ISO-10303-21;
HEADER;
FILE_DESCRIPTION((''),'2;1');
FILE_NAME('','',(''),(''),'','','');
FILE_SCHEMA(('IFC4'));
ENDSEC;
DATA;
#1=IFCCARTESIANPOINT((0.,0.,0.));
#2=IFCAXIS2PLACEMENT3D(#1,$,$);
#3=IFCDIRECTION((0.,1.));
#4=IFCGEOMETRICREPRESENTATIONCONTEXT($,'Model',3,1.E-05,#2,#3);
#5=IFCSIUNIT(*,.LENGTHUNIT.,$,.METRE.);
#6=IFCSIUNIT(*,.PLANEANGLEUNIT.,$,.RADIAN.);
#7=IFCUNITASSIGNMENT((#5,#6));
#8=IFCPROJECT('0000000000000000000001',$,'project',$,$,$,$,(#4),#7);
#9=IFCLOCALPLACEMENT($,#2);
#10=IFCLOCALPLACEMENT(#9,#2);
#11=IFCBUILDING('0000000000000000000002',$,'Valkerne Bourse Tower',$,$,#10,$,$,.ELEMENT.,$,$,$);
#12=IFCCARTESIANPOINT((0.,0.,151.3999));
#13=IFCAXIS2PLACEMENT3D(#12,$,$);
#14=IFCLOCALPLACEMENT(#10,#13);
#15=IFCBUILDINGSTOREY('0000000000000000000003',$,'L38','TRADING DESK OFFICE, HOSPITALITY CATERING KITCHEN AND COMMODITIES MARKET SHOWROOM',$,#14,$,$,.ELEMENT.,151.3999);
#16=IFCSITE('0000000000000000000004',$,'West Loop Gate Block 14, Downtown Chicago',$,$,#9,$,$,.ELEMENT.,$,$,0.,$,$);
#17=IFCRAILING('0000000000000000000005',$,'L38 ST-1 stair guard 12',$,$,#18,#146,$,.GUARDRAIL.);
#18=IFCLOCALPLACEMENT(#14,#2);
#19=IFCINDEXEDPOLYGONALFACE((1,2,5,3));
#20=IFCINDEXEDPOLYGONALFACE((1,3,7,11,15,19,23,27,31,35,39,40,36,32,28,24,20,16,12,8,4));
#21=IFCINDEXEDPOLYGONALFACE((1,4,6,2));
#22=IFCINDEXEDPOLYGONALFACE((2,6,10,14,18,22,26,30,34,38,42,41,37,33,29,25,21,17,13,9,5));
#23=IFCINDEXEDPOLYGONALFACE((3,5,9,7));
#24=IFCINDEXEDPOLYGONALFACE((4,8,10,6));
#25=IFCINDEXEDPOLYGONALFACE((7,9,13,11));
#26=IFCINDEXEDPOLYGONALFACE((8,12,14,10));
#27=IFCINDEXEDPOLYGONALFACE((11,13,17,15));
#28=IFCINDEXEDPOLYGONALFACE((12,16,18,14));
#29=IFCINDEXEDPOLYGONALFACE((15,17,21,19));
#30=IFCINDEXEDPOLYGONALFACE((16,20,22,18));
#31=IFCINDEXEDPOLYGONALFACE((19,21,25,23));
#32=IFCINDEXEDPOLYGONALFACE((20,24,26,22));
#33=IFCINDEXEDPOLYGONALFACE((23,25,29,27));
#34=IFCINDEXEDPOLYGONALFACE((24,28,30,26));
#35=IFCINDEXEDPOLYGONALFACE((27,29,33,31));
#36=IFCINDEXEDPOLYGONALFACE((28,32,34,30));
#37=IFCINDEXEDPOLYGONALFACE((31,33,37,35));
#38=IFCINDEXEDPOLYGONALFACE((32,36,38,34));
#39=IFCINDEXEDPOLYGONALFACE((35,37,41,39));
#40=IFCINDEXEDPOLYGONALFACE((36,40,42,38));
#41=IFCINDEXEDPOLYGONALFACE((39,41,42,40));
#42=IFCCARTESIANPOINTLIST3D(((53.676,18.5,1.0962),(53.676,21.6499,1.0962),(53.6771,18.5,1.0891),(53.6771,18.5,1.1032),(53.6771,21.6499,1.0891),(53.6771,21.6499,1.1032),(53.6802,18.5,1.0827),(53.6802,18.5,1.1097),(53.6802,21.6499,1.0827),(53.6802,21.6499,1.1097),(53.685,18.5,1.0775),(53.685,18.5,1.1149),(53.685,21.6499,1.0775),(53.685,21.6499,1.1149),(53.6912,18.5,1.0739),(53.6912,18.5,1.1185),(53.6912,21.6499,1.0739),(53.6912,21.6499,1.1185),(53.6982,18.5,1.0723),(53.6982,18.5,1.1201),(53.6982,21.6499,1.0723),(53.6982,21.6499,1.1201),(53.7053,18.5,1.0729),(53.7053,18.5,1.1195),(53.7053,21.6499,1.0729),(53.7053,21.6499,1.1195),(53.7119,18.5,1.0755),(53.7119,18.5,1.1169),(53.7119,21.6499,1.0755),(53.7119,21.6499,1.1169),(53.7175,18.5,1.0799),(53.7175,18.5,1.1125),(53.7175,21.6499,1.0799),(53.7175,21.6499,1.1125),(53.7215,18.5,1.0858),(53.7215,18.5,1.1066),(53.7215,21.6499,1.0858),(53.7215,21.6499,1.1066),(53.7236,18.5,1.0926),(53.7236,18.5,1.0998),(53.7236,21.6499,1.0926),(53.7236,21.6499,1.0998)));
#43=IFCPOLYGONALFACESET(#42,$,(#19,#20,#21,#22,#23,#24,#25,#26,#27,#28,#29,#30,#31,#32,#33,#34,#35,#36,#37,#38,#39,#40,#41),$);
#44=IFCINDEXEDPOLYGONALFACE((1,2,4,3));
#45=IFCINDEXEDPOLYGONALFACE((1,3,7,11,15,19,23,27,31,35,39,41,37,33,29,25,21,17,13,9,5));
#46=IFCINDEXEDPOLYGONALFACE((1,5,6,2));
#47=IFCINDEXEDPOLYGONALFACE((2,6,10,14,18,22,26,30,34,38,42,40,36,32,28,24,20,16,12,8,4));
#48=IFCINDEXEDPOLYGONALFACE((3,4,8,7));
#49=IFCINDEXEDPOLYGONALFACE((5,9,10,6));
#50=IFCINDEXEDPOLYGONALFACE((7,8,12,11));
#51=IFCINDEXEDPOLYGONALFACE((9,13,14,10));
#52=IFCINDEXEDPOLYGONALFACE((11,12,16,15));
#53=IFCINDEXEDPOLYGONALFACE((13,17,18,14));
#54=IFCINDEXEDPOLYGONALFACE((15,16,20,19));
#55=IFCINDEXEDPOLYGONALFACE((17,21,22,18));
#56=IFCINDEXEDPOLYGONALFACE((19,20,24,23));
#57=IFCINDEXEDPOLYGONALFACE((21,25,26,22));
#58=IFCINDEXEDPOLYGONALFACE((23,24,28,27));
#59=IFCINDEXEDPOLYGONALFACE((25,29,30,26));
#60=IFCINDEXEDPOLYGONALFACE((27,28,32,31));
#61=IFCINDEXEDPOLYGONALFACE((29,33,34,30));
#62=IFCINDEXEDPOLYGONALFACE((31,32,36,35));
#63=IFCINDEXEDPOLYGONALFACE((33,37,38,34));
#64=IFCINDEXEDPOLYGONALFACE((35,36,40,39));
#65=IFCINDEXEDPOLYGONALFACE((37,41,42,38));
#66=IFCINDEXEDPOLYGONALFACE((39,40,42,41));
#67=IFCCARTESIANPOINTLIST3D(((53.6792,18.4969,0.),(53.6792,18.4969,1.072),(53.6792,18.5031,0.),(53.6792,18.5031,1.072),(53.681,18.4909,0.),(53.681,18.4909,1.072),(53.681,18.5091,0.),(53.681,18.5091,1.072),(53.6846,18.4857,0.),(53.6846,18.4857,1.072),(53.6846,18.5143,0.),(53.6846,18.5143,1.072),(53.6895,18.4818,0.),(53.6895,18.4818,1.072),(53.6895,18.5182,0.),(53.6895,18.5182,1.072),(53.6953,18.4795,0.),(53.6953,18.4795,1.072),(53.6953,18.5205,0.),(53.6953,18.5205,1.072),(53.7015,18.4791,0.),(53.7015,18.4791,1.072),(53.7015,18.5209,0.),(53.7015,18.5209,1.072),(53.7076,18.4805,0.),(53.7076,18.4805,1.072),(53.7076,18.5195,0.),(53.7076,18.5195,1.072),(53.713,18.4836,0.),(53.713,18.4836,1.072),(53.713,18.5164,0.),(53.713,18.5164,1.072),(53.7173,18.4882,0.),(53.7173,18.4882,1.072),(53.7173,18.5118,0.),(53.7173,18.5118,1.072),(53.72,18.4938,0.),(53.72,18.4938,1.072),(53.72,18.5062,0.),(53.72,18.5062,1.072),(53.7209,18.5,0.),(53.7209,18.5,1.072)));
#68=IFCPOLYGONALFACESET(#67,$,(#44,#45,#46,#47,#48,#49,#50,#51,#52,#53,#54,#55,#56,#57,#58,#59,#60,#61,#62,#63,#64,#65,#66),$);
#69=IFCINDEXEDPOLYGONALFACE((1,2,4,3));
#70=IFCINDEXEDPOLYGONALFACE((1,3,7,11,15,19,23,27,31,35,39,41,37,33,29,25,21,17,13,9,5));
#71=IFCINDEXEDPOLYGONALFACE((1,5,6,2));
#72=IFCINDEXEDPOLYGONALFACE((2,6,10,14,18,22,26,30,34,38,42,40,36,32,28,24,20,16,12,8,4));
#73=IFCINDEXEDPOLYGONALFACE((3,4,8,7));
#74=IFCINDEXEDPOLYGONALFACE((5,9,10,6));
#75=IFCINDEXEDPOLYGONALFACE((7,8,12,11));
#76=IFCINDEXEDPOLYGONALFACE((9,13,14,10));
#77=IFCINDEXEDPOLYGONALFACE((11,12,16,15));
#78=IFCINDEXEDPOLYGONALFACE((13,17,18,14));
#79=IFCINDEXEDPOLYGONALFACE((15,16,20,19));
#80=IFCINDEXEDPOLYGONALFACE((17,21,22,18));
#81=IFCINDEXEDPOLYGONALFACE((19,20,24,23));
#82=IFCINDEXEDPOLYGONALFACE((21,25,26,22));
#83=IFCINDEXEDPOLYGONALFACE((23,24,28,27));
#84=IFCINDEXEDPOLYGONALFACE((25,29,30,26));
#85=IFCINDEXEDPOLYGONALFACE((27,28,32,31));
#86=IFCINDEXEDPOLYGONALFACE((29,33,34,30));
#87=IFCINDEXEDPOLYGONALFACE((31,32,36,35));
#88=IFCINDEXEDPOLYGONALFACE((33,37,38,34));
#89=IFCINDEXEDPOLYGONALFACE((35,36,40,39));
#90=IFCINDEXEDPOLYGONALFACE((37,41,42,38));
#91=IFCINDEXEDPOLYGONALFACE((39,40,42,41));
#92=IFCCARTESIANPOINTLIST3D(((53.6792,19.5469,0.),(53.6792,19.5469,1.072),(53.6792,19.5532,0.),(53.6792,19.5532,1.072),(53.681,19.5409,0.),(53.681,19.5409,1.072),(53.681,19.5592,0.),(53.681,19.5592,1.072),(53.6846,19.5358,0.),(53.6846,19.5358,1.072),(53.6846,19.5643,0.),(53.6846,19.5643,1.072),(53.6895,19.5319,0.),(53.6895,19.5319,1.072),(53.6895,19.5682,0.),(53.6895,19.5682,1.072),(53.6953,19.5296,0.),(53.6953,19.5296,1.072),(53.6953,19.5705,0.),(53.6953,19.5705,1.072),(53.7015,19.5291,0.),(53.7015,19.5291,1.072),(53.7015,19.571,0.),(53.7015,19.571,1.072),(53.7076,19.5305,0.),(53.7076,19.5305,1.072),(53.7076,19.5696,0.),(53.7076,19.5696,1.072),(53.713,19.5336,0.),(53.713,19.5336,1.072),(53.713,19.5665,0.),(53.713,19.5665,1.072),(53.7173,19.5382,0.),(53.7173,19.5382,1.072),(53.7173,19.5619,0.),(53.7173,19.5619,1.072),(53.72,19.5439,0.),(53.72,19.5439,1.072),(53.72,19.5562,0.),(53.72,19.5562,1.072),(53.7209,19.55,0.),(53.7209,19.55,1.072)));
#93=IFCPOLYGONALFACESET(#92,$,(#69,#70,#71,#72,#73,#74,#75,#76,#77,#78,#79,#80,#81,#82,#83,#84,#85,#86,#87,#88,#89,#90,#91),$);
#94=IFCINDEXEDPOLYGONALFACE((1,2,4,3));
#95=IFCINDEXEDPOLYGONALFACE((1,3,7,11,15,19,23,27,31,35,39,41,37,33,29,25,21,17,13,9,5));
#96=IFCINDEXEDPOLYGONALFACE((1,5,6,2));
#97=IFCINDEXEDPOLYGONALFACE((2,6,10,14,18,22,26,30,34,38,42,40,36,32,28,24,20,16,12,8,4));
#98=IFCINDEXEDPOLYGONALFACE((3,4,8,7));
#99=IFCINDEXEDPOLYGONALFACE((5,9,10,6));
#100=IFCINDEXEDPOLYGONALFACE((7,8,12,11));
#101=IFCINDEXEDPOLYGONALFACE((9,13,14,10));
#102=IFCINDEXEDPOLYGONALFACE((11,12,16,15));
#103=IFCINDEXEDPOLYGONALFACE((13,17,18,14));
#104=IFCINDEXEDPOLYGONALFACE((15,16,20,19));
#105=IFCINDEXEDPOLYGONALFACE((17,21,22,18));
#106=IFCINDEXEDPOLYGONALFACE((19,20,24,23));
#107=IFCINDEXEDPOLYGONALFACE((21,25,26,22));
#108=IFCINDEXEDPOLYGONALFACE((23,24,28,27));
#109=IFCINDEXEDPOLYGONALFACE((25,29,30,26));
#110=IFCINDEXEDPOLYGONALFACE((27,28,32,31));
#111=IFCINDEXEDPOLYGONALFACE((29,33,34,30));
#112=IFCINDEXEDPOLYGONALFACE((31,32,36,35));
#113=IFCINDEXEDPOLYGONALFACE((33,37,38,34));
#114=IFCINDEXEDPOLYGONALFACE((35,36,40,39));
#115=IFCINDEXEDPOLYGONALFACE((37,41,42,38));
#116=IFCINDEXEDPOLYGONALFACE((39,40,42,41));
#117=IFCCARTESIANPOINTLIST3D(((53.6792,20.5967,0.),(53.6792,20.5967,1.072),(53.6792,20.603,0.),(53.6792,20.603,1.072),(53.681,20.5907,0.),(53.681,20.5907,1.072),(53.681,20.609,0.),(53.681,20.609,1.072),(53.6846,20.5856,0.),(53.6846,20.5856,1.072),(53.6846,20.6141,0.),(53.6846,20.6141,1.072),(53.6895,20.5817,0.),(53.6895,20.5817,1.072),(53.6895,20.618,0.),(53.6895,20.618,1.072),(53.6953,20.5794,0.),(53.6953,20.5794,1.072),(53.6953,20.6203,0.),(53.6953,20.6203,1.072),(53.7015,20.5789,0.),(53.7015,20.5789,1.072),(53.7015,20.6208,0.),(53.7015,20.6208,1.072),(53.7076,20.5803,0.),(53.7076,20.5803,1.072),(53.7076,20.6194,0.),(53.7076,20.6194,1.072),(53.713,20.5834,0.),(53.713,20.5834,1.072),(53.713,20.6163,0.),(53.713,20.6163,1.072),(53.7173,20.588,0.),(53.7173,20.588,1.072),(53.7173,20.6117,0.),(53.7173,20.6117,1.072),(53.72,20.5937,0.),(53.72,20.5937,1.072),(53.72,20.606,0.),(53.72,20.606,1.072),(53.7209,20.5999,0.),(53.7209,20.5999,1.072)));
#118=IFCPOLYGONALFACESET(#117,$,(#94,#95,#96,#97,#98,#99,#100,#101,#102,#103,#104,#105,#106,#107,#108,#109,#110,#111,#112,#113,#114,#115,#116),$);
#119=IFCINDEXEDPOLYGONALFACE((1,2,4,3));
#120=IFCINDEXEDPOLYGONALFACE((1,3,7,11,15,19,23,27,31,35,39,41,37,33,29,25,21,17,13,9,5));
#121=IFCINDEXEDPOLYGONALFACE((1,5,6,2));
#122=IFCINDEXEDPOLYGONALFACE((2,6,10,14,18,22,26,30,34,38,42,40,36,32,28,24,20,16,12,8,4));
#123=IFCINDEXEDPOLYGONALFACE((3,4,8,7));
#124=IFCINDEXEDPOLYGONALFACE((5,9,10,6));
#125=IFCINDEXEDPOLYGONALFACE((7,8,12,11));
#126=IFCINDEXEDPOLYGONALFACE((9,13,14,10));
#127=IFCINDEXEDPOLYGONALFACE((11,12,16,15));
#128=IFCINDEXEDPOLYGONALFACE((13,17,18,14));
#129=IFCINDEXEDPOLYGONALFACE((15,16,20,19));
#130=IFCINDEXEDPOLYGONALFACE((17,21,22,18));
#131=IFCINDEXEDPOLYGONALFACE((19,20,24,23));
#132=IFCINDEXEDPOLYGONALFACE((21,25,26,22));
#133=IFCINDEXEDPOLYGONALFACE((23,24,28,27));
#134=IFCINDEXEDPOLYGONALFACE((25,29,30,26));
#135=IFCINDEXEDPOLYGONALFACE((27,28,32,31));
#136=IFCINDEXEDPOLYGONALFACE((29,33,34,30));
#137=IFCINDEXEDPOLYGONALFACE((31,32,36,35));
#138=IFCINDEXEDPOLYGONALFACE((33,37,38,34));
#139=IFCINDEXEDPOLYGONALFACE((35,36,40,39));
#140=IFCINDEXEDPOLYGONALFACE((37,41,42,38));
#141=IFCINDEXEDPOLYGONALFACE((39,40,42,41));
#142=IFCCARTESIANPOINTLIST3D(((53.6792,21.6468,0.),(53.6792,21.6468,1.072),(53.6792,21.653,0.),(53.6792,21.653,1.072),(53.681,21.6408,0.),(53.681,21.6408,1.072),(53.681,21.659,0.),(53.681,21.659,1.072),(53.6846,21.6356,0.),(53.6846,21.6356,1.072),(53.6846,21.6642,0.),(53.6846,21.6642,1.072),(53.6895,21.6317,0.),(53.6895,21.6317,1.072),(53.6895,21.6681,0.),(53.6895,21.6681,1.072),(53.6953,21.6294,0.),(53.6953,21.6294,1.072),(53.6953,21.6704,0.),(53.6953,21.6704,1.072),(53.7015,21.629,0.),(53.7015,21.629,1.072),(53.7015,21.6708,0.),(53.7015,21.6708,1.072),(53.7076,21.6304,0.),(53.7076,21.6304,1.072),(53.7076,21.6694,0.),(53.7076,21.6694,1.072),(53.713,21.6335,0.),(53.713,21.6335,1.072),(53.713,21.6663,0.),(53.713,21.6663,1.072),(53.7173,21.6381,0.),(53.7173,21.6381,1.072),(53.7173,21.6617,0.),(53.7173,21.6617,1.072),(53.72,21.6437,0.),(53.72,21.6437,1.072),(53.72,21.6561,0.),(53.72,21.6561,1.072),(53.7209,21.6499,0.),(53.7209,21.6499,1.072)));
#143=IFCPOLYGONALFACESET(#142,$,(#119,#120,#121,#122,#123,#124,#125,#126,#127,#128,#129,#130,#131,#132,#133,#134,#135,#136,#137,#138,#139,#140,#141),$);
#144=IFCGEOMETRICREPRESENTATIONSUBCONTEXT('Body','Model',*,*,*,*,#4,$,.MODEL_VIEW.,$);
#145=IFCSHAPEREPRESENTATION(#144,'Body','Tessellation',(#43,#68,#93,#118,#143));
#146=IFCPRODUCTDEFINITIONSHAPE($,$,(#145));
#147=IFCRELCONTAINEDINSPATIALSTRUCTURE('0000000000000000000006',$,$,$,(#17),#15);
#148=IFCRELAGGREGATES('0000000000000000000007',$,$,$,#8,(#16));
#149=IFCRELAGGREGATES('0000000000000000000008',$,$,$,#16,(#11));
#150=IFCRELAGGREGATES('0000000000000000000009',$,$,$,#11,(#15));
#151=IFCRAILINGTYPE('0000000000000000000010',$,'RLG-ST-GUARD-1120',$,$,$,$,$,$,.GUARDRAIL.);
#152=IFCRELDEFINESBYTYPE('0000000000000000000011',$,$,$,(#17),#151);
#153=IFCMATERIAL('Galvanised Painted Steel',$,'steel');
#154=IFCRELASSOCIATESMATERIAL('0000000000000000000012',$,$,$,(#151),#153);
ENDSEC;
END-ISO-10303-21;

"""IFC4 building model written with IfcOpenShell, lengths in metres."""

from ifc_helpers import new_model, si_unit, direction, frame, origin, origin_2d, place, context, subcontext, project, spatial, circle, extrude, material, type_object, element, save


model = new_model("IFC4")

# Units and contexts
model_context = context("Model", 3, precision=1e-05, world=origin(), true_north=direction((0.0, 1.0)))
body_context = subcontext(model_context, "Body", "Model", "MODEL_VIEW")
ifc_project = project(units=[si_unit("LENGTHUNIT", "METRE"), si_unit("PLANEANGLEUNIT", "RADIAN")], contexts=[model_context])

# Site, building, storey
site_placement = place(None, origin())
site = spatial("IfcSite", under=ifc_project, at=site_placement, Name="West Loop Gate Block 14, Downtown Chicago", CompositionType="ELEMENT", RefElevation=0.0)
building_placement = place(site_placement, origin())
building = spatial("IfcBuilding", under=site, at=building_placement, Name="Valkerne Bourse Tower", CompositionType="ELEMENT")
storey_placement = place(building_placement, frame((0.0, 0.0, 151.3999)))
storey = spatial("IfcBuildingStorey", under=building, at=storey_placement, Name="L38", Description="TRADING DESK OFFICE, HOSPITALITY CATERING KITCHEN AND COMMODITIES MARKET SHOWROOM", CompositionType="ELEMENT", Elevation=151.3999)

# Railing
ifc_material_1 = material(Name="Galvanised Painted Steel", Category="steel")
railing_type = type_object("IfcRailingType", Name="RLG-ST-GUARD-1120", PredefinedType="GUARDRAIL", material=ifc_material_1)
railing_1_placement = place(storey_placement, frame((53.7, 18.5, 0.0)))
element("IfcRailing", 1, at=railing_1_placement, inside=storey, type_object=railing_type, Name="L38 ST-1 stair guard 12", PredefinedType="GUARDRAIL", context=body_context, shape_type="SweptSolid", body=[
    extrude(circle(Radius=0.0239, at=origin_2d()), frame((0.0, 0.0, 1.0962), z_axis=(0.0, 1.0, 0.0), x_axis=(-1.0, 0.0, 0.0)), (0.0, 0.0, 1.0), 3.1499),
    extrude(circle(Radius=0.021, at=origin_2d()), origin(), (0.0, 0.0, 1.0), 1.072),
    extrude(circle(Radius=0.021, at=origin_2d()), frame((0.0, 1.05, 0.0)), (0.0, 0.0, 1.0), 1.072),
    extrude(circle(Radius=0.021, at=origin_2d()), frame((0.0, 2.0999, 0.0)), (0.0, 0.0, 1.0), 1.072),
    extrude(circle(Radius=0.021, at=origin_2d()), frame((0.0, 3.1499, 0.0)), (0.0, 0.0, 1.0), 1.072),
])

save(model, "model.ifc")
